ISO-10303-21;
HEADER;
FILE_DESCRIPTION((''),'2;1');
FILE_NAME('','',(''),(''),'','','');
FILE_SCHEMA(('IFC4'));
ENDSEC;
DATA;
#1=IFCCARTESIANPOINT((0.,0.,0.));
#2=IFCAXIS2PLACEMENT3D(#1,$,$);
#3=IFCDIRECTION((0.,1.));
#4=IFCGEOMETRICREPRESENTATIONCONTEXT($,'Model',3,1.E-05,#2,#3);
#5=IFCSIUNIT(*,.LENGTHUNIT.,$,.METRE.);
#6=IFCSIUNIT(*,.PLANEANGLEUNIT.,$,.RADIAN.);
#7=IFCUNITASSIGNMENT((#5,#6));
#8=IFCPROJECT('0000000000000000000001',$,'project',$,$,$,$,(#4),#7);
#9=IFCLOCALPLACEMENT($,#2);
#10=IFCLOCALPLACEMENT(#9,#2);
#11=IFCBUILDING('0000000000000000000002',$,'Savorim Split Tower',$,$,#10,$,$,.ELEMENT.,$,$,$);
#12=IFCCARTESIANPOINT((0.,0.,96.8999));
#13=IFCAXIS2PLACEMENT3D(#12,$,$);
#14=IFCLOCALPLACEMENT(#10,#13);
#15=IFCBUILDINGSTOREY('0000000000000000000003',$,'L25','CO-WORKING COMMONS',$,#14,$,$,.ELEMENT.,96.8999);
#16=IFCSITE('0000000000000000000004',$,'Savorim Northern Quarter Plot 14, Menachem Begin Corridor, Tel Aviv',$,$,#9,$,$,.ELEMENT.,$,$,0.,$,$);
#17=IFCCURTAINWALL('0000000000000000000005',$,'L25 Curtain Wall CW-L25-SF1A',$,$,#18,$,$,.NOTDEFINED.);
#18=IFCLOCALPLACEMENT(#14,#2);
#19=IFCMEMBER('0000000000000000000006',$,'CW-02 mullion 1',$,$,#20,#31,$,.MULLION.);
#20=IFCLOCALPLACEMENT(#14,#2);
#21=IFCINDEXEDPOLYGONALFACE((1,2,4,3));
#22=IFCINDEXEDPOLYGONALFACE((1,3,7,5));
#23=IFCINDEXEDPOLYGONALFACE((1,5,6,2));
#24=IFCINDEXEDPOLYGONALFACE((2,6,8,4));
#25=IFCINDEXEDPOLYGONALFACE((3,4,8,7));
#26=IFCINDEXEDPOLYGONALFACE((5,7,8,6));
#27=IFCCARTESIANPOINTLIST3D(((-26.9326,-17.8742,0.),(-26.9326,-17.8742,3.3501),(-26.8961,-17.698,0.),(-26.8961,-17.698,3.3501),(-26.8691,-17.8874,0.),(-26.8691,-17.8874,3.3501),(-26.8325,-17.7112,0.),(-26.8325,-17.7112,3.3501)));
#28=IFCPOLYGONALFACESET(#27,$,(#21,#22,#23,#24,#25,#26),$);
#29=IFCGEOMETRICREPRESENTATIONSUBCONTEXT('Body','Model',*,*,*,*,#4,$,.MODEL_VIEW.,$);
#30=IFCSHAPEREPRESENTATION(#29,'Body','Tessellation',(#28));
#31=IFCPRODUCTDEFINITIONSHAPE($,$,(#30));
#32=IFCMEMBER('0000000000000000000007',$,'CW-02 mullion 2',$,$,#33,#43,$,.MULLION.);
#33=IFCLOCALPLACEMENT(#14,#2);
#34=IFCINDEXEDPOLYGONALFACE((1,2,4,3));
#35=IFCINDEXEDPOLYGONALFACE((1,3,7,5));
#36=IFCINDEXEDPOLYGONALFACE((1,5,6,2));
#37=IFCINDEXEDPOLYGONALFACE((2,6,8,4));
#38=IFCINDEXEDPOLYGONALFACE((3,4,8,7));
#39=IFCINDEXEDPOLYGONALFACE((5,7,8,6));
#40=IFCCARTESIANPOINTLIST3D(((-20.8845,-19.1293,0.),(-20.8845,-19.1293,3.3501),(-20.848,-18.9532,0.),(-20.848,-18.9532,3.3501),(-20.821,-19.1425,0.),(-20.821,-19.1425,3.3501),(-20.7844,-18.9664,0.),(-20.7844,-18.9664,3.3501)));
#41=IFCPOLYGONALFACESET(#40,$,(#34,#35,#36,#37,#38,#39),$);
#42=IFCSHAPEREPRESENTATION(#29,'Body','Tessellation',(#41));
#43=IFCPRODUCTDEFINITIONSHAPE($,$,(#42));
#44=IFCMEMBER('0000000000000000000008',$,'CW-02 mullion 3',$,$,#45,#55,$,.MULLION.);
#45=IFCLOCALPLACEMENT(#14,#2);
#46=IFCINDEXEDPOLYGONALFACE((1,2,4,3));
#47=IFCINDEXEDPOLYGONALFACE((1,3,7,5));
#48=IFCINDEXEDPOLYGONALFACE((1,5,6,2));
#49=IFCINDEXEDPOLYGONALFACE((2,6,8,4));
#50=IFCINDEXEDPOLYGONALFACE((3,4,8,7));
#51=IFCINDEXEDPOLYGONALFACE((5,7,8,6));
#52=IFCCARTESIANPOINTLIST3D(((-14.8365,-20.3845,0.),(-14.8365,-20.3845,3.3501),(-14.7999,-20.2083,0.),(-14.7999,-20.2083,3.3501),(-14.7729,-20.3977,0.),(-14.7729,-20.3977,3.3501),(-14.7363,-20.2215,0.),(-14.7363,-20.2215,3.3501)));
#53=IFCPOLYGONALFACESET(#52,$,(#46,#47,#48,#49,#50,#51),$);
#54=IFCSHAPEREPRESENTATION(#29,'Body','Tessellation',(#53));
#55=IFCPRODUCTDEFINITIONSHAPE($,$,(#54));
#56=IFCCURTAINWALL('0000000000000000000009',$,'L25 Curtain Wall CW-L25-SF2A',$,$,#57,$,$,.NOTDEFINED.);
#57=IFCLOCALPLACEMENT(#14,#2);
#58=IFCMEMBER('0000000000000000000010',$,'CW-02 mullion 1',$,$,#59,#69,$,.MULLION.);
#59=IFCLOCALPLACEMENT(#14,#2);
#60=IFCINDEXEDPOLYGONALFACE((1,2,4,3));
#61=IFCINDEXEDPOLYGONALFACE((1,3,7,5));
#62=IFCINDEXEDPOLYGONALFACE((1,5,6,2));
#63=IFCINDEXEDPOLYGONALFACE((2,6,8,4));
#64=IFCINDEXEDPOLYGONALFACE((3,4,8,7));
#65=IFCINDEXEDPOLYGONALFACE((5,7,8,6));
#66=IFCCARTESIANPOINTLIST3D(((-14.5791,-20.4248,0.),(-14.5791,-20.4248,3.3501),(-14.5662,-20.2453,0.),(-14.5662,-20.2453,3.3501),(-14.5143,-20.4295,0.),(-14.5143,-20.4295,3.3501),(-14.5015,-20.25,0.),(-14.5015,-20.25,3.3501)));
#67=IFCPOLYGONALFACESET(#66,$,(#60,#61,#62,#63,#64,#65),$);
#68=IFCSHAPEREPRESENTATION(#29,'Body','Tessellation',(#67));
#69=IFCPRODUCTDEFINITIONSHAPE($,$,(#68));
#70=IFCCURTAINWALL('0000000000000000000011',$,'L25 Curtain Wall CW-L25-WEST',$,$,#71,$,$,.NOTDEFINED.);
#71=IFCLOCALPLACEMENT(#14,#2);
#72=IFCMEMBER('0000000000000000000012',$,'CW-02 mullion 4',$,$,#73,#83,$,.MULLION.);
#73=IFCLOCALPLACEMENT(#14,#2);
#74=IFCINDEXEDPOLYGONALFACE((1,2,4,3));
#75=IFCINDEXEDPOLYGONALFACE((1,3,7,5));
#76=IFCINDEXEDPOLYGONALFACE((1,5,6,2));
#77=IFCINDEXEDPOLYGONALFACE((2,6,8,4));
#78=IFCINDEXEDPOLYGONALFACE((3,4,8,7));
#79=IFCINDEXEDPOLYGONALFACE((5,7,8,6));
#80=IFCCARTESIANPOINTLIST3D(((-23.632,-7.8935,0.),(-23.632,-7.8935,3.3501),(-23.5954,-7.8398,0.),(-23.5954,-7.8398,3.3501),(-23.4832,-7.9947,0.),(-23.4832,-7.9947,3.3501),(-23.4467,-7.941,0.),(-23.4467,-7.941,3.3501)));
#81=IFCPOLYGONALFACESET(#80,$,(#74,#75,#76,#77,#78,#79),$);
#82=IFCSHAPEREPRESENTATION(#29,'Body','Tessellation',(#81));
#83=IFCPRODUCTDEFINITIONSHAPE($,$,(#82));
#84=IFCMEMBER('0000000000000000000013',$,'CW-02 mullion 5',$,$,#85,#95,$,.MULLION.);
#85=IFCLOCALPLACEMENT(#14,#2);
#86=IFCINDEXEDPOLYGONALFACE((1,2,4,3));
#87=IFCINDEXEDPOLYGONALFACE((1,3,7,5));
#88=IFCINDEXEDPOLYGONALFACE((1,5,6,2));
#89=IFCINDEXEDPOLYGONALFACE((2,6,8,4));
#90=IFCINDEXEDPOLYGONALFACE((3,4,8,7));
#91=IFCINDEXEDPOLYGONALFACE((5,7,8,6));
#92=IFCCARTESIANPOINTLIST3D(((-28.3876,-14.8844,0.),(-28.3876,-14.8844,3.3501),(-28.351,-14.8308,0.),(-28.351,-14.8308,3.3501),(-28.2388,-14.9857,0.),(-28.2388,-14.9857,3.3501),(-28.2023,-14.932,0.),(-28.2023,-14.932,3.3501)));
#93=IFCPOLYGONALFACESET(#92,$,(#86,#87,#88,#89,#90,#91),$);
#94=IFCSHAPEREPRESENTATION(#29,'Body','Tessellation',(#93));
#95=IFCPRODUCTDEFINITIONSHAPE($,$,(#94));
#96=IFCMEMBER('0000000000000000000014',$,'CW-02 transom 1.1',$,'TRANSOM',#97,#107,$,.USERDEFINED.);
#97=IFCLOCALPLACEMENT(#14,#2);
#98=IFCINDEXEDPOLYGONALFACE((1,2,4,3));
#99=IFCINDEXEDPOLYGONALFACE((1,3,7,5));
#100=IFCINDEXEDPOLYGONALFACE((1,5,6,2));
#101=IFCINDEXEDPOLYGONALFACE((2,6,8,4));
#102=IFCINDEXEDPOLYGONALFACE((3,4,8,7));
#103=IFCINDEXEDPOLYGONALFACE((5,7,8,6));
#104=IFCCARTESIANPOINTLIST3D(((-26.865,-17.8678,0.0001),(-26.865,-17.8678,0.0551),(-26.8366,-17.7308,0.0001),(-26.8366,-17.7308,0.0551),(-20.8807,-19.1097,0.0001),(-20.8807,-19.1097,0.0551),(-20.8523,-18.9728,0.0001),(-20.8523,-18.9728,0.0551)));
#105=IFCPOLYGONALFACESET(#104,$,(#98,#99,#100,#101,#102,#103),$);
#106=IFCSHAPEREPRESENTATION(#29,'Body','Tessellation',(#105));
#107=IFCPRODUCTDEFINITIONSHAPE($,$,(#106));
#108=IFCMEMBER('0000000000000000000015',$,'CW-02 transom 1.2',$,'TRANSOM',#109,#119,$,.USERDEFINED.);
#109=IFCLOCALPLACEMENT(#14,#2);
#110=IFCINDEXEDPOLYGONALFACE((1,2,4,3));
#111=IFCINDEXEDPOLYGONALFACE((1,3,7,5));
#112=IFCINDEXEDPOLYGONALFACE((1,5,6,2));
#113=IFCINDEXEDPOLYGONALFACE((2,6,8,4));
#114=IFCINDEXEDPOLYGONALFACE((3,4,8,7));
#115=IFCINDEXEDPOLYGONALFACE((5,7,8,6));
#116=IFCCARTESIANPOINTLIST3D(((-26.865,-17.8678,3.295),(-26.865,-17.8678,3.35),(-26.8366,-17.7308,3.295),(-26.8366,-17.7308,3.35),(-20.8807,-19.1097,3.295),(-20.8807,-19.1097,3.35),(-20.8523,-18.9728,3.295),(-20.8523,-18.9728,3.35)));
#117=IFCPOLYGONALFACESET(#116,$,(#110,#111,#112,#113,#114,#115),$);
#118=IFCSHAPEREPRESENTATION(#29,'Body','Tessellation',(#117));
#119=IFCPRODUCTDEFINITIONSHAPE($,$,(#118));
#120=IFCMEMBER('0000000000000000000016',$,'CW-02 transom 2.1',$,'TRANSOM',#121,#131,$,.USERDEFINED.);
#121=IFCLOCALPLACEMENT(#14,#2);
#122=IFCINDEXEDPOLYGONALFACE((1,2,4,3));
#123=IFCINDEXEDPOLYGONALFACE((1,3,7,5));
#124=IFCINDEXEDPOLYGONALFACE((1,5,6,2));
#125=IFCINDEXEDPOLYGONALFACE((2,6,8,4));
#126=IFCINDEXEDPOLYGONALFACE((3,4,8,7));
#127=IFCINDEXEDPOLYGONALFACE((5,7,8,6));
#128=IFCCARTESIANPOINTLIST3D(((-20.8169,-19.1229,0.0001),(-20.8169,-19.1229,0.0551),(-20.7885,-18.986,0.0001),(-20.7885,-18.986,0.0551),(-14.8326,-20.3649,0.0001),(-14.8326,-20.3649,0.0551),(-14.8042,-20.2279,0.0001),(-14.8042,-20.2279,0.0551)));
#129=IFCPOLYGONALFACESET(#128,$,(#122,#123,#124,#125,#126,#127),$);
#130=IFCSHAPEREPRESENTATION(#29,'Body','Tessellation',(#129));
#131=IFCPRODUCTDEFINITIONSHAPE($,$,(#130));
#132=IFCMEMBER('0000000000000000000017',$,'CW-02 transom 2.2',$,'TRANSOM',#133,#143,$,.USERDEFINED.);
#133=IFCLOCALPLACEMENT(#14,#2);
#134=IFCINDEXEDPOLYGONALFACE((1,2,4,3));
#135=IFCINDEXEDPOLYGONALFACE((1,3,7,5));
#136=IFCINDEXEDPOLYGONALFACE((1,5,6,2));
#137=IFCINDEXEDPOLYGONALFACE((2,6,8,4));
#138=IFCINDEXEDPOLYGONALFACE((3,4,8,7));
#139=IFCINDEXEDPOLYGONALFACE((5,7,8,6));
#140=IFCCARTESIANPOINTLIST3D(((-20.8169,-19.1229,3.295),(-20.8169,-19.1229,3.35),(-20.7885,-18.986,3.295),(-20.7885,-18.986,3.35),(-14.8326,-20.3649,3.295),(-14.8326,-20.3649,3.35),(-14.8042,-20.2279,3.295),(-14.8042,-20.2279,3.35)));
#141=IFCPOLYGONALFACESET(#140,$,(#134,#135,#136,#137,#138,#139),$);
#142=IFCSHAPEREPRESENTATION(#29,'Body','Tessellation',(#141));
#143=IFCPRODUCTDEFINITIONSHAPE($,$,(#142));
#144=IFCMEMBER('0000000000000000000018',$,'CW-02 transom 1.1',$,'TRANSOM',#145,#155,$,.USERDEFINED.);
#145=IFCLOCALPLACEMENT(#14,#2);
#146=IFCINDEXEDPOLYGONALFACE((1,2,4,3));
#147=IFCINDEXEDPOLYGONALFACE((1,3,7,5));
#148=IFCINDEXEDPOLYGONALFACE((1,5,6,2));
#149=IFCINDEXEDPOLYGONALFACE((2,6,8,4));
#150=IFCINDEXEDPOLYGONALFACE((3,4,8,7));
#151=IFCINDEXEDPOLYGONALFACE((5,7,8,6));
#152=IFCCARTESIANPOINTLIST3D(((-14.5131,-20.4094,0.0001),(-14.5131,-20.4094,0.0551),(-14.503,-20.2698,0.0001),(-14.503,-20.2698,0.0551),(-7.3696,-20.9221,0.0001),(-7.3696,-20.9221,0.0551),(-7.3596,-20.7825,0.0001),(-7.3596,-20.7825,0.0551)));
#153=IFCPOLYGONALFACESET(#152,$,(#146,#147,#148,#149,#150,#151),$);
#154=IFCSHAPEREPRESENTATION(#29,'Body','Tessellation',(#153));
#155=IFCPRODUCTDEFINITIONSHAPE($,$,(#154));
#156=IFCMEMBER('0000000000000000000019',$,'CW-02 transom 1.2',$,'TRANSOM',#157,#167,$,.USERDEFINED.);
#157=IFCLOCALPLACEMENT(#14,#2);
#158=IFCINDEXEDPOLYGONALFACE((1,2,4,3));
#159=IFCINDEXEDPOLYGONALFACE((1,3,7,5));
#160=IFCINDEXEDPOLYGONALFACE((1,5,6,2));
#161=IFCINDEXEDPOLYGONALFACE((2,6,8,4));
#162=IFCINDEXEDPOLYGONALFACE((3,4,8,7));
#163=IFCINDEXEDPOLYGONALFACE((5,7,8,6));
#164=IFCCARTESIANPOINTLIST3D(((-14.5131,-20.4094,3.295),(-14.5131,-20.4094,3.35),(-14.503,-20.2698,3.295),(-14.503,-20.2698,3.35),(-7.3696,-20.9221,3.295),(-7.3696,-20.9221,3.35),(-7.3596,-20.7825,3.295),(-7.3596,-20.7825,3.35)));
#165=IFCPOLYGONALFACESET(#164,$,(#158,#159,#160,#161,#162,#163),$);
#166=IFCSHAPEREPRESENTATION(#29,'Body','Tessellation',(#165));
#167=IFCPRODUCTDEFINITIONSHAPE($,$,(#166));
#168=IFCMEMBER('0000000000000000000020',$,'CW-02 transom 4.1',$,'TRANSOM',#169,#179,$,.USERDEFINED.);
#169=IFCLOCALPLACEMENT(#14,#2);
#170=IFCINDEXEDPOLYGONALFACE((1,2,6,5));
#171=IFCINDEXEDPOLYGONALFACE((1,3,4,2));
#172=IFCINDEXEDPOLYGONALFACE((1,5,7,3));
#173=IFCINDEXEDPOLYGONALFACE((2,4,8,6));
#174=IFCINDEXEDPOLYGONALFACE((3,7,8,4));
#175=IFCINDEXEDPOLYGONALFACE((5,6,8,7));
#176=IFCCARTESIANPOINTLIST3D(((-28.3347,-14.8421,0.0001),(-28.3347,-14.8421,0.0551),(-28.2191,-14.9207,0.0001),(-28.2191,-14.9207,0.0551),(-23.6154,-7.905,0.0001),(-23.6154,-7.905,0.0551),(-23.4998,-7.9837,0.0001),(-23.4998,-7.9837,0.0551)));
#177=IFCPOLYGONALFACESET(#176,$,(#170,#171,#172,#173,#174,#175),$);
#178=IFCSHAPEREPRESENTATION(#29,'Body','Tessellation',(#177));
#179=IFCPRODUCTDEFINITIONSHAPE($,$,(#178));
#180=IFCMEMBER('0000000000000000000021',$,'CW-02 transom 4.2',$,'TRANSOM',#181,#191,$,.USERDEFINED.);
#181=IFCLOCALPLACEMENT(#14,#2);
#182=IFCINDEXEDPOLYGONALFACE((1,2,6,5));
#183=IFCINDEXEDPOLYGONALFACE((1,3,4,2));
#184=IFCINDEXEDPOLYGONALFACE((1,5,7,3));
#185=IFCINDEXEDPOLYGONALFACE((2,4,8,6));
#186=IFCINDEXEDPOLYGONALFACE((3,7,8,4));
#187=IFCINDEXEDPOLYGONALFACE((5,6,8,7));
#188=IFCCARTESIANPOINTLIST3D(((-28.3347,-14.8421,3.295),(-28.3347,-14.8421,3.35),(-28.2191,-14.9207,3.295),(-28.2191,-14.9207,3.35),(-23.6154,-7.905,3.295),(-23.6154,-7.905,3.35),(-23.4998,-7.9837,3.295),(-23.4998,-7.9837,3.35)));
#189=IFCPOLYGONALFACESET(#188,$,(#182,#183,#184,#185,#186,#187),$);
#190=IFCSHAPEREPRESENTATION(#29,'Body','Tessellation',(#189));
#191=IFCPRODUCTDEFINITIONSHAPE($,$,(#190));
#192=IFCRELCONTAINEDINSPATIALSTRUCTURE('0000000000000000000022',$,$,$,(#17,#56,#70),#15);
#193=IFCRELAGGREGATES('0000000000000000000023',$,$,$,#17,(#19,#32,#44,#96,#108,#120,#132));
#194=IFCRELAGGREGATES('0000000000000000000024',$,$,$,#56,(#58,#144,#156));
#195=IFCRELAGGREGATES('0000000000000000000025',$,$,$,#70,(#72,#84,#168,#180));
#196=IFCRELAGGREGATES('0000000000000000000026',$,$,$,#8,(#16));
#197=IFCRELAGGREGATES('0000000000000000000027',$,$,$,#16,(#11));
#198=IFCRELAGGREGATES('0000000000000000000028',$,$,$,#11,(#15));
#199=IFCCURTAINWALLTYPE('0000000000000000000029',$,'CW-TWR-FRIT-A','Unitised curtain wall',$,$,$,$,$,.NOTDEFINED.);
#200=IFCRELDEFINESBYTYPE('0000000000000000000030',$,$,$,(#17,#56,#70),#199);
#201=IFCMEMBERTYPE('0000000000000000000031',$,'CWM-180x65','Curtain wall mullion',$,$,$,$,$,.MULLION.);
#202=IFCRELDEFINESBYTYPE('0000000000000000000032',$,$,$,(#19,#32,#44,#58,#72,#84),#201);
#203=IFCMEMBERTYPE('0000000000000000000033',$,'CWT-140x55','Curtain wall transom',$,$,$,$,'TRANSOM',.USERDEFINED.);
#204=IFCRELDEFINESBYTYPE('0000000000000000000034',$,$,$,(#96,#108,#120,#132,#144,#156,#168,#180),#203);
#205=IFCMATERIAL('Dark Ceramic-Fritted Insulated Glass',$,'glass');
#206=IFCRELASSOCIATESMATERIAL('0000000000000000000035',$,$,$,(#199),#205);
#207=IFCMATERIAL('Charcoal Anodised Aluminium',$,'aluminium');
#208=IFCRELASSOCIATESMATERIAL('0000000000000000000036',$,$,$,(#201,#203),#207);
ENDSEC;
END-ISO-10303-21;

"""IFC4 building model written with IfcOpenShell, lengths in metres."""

from ifc_helpers import new_model, si_unit, direction, frame, origin, origin_2d, place, context, subcontext, project, spatial, rectangle, extrude, material, material_profile, profile_set, type_object, element, aggregate, save


model = new_model("IFC4")

# Units and contexts
model_context = context("Model", 3, precision=1e-05, world=origin(), true_north=direction((0.0, 1.0)))
body_context = subcontext(model_context, "Body", "Model", "MODEL_VIEW")
ifc_project = project(units=[si_unit("LENGTHUNIT", "METRE"), si_unit("PLANEANGLEUNIT", "RADIAN")], contexts=[model_context])

# Site, building, storey
site_placement = place(None, origin())
site = spatial("IfcSite", under=ifc_project, at=site_placement, Name="Savorim Northern Quarter Plot 14, Menachem Begin Corridor, Tel Aviv", CompositionType="ELEMENT", RefElevation=0.0)
building_placement = place(site_placement, origin())
building = spatial("IfcBuilding", under=site, at=building_placement, Name="Savorim Split Tower", CompositionType="ELEMENT")
storey_placement = place(building_placement, frame((0.0, 0.0, 96.8999)))
storey = spatial("IfcBuildingStorey", under=building, at=storey_placement, Name="L25", Description="CO-WORKING COMMONS", CompositionType="ELEMENT", Elevation=96.8999)

# Curtain wall, members
ifc_material_1 = material(Name="Dark Ceramic-Fritted Insulated Glass", Category="glass")
curtain_wall_type = type_object("IfcCurtainWallType", Name="CW-TWR-FRIT-A", Description="Unitised curtain wall", PredefinedType="NOTDEFINED", material=ifc_material_1)
curtain_wall_1_placement = place(storey_placement, origin())
curtain_wall_1 = element("IfcCurtainWall", 1, at=curtain_wall_1_placement, inside=storey, type_object=curtain_wall_type, Name="L25 Curtain Wall CW-L25-SF1A", PredefinedType="NOTDEFINED")
ifc_material_2 = material(Name="Charcoal Anodised Aluminium", Category="aluminium")
ifc_material_profile_1 = material_profile(ifc_material_2, rectangle(XDim=0.1799, YDim=0.0649, at=origin_2d()), Name="ALU-M 180x65")
ifc_profile_set_1 = profile_set([ifc_material_profile_1], Name="Charcoal Anodised Aluminium")
member_type_1 = type_object("IfcMemberType", Name="CWM-180x65", Description="Curtain wall mullion", PredefinedType="MULLION", material=ifc_profile_set_1)
member_1_placement = place(storey_placement, frame((-26.8826, -17.7927, 0.0), z_axis=(0.0, 0.0, 1.0), x_axis=(0.203212, 0.979135, 0.0)))
member_1 = element("IfcMember", 2, at=member_1_placement, type_object=member_type_1, Name="CW-02 mullion 1", PredefinedType="MULLION", context=body_context, shape_type="SweptSolid", body=[
    extrude(rectangle(XDim=0.1799, YDim=0.0649, at=origin_2d()), origin(), (0.0, 0.0, 1.0), 3.3501),
])
member_2_placement = place(storey_placement, frame((-20.8345, -19.0479, 0.0), z_axis=(0.0, 0.0, 1.0), x_axis=(0.203212, 0.979135, 0.0)))
member_2 = element("IfcMember", 3, at=member_2_placement, type_object=member_type_1, Name="CW-02 mullion 2", PredefinedType="MULLION", context=body_context, shape_type="SweptSolid", body=[
    extrude(rectangle(XDim=0.1799, YDim=0.0649, at=origin_2d()), origin(), (0.0, 0.0, 1.0), 3.3501),
])
member_3_placement = place(storey_placement, frame((-14.7864, -20.303, 0.0), z_axis=(0.0, 0.0, 1.0), x_axis=(0.203212, 0.979135, 0.0)))
member_3 = element("IfcMember", 4, at=member_3_placement, type_object=member_type_1, Name="CW-02 mullion 3", PredefinedType="MULLION", context=body_context, shape_type="SweptSolid", body=[
    extrude(rectangle(XDim=0.1799, YDim=0.0649, at=origin_2d()), origin(), (0.0, 0.0, 1.0), 3.3501),
])

# Curtain wall, member
curtain_wall_2_placement = place(storey_placement, origin())
curtain_wall_2 = element("IfcCurtainWall", 5, at=curtain_wall_2_placement, inside=storey, type_object=curtain_wall_type, Name="L25 Curtain Wall CW-L25-SF2A", PredefinedType="NOTDEFINED")
member_4_placement = place(storey_placement, frame((-14.5403, -20.3374, 0.0), z_axis=(0.0, 0.0, 1.0), x_axis=(0.071562, 0.997436, 0.0)))
member_4 = element("IfcMember", 6, at=member_4_placement, type_object=member_type_1, Name="CW-02 mullion 1", PredefinedType="MULLION", context=body_context, shape_type="SweptSolid", body=[
    extrude(rectangle(XDim=0.1799, YDim=0.0649, at=origin_2d()), origin(), (0.0, 0.0, 1.0), 3.3501),
])

# Curtain wall, members
curtain_wall_3_placement = place(storey_placement, origin())
curtain_wall_3 = element("IfcCurtainWall", 7, at=curtain_wall_3_placement, inside=storey, type_object=curtain_wall_type, Name="L25 Curtain Wall CW-L25-WEST", PredefinedType="NOTDEFINED")
member_5_placement = place(storey_placement, frame((-23.5393, -7.9172, 0.0), z_axis=(0.0, 0.0, 1.0), x_axis=(0.826819, -0.562468, 0.0)))
member_5 = element("IfcMember", 8, at=member_5_placement, type_object=member_type_1, Name="CW-02 mullion 4", PredefinedType="MULLION", context=body_context, shape_type="SweptSolid", body=[
    extrude(rectangle(XDim=0.1799, YDim=0.0649, at=origin_2d()), origin(), (0.0, 0.0, 1.0), 3.3501),
])
member_6_placement = place(storey_placement, frame((-28.2949, -14.9082, 0.0), z_axis=(0.0, 0.0, 1.0), x_axis=(0.826819, -0.562468, 0.0)))
member_6 = element("IfcMember", 9, at=member_6_placement, type_object=member_type_1, Name="CW-02 mullion 5", PredefinedType="MULLION", context=body_context, shape_type="SweptSolid", body=[
    extrude(rectangle(XDim=0.1799, YDim=0.0649, at=origin_2d()), origin(), (0.0, 0.0, 1.0), 3.3501),
])

# Members
ifc_material_profile_2 = material_profile(ifc_material_2, rectangle(XDim=0.1399, YDim=0.0549, at=origin_2d()), Name="ALU-T 140x55")
ifc_profile_set_2 = profile_set([ifc_material_profile_2], Name="Charcoal Anodised Aluminium")
member_type_2 = type_object("IfcMemberType", Name="CWT-140x55", Description="Curtain wall transom", ElementType="TRANSOM", PredefinedType="USERDEFINED", material=ifc_profile_set_2)
member_7_placement = place(storey_placement, frame((-26.8508, -17.7993, 0.0276), z_axis=(0.979137, -0.203201, 0.0), x_axis=(0.203201, 0.979137, 0.0)))
member_7 = element("IfcMember", 10, at=member_7_placement, type_object=member_type_2, Name="CW-02 transom 1.1", ObjectType="TRANSOM", PredefinedType="USERDEFINED", context=body_context, shape_type="SweptSolid", body=[
    extrude(rectangle(XDim=0.1399, YDim=0.0549, at=origin_2d()), origin(), (0.0, 0.0, 1.0), 6.1118),
])
member_8_placement = place(storey_placement, frame((-26.8508, -17.7993, 3.3225), z_axis=(0.979137, -0.203201, 0.0), x_axis=(0.203201, 0.979137, 0.0)))
member_8 = element("IfcMember", 11, at=member_8_placement, type_object=member_type_2, Name="CW-02 transom 1.2", ObjectType="TRANSOM", PredefinedType="USERDEFINED", context=body_context, shape_type="SweptSolid", body=[
    extrude(rectangle(XDim=0.1399, YDim=0.0549, at=origin_2d()), origin(), (0.0, 0.0, 1.0), 6.1118),
])
member_9_placement = place(storey_placement, frame((-20.8027, -19.0544, 0.0276), z_axis=(0.979137, -0.203201, 0.0), x_axis=(0.203201, 0.979137, 0.0)))
member_9 = element("IfcMember", 12, at=member_9_placement, type_object=member_type_2, Name="CW-02 transom 2.1", ObjectType="TRANSOM", PredefinedType="USERDEFINED", context=body_context, shape_type="SweptSolid", body=[
    extrude(rectangle(XDim=0.1399, YDim=0.0549, at=origin_2d()), origin(), (0.0, 0.0, 1.0), 6.1118),
])
member_10_placement = place(storey_placement, frame((-20.8027, -19.0544, 3.3225), z_axis=(0.979137, -0.203201, 0.0), x_axis=(0.203201, 0.979137, 0.0)))
member_10 = element("IfcMember", 13, at=member_10_placement, type_object=member_type_2, Name="CW-02 transom 2.2", ObjectType="TRANSOM", PredefinedType="USERDEFINED", context=body_context, shape_type="SweptSolid", body=[
    extrude(rectangle(XDim=0.1399, YDim=0.0549, at=origin_2d()), origin(), (0.0, 0.0, 1.0), 6.1118),
])
member_11_placement = place(storey_placement, frame((-14.5081, -20.3396, 0.0276), z_axis=(0.997434, -0.071586, 0.0), x_axis=(0.071586, 0.997434, 0.0)))
member_11 = element("IfcMember", 14, at=member_11_placement, type_object=member_type_2, Name="CW-02 transom 1.1", ObjectType="TRANSOM", PredefinedType="USERDEFINED", context=body_context, shape_type="SweptSolid", body=[
    extrude(rectangle(XDim=0.1399, YDim=0.0549, at=origin_2d()), origin(), (0.0, 0.0, 1.0), 7.1619),
])
member_12_placement = place(storey_placement, frame((-14.5081, -20.3396, 3.3225), z_axis=(0.997434, -0.071586, 0.0), x_axis=(0.071586, 0.997434, 0.0)))
member_12 = element("IfcMember", 15, at=member_12_placement, type_object=member_type_2, Name="CW-02 transom 1.2", ObjectType="TRANSOM", PredefinedType="USERDEFINED", context=body_context, shape_type="SweptSolid", body=[
    extrude(rectangle(XDim=0.1399, YDim=0.0549, at=origin_2d()), origin(), (0.0, 0.0, 1.0), 7.1619),
])
member_13_placement = place(storey_placement, frame((-23.5576, -7.9443, 0.0276), z_axis=(-0.562479, -0.826812, 0.0), x_axis=(0.826812, -0.562479, 0.0)))
member_13 = element("IfcMember", 16, at=member_13_placement, type_object=member_type_2, Name="CW-02 transom 4.1", ObjectType="TRANSOM", PredefinedType="USERDEFINED", context=body_context, shape_type="SweptSolid", body=[
    extrude(rectangle(XDim=0.1399, YDim=0.0549, at=origin_2d()), origin(), (0.0, 0.0, 1.0), 8.3901),
])
member_14_placement = place(storey_placement, frame((-23.5576, -7.9443, 3.3225), z_axis=(-0.562479, -0.826812, 0.0), x_axis=(0.826812, -0.562479, 0.0)))
member_14 = element("IfcMember", 17, at=member_14_placement, type_object=member_type_2, Name="CW-02 transom 4.2", ObjectType="TRANSOM", PredefinedType="USERDEFINED", context=body_context, shape_type="SweptSolid", body=[
    extrude(rectangle(XDim=0.1399, YDim=0.0549, at=origin_2d()), origin(), (0.0, 0.0, 1.0), 8.3901),
])

aggregate(curtain_wall_1, [member_1, member_2, member_3, member_7, member_8, member_9, member_10])
aggregate(curtain_wall_2, [member_4, member_11, member_12])
aggregate(curtain_wall_3, [member_5, member_6, member_13, member_14])

save(model, "model.ifc")
